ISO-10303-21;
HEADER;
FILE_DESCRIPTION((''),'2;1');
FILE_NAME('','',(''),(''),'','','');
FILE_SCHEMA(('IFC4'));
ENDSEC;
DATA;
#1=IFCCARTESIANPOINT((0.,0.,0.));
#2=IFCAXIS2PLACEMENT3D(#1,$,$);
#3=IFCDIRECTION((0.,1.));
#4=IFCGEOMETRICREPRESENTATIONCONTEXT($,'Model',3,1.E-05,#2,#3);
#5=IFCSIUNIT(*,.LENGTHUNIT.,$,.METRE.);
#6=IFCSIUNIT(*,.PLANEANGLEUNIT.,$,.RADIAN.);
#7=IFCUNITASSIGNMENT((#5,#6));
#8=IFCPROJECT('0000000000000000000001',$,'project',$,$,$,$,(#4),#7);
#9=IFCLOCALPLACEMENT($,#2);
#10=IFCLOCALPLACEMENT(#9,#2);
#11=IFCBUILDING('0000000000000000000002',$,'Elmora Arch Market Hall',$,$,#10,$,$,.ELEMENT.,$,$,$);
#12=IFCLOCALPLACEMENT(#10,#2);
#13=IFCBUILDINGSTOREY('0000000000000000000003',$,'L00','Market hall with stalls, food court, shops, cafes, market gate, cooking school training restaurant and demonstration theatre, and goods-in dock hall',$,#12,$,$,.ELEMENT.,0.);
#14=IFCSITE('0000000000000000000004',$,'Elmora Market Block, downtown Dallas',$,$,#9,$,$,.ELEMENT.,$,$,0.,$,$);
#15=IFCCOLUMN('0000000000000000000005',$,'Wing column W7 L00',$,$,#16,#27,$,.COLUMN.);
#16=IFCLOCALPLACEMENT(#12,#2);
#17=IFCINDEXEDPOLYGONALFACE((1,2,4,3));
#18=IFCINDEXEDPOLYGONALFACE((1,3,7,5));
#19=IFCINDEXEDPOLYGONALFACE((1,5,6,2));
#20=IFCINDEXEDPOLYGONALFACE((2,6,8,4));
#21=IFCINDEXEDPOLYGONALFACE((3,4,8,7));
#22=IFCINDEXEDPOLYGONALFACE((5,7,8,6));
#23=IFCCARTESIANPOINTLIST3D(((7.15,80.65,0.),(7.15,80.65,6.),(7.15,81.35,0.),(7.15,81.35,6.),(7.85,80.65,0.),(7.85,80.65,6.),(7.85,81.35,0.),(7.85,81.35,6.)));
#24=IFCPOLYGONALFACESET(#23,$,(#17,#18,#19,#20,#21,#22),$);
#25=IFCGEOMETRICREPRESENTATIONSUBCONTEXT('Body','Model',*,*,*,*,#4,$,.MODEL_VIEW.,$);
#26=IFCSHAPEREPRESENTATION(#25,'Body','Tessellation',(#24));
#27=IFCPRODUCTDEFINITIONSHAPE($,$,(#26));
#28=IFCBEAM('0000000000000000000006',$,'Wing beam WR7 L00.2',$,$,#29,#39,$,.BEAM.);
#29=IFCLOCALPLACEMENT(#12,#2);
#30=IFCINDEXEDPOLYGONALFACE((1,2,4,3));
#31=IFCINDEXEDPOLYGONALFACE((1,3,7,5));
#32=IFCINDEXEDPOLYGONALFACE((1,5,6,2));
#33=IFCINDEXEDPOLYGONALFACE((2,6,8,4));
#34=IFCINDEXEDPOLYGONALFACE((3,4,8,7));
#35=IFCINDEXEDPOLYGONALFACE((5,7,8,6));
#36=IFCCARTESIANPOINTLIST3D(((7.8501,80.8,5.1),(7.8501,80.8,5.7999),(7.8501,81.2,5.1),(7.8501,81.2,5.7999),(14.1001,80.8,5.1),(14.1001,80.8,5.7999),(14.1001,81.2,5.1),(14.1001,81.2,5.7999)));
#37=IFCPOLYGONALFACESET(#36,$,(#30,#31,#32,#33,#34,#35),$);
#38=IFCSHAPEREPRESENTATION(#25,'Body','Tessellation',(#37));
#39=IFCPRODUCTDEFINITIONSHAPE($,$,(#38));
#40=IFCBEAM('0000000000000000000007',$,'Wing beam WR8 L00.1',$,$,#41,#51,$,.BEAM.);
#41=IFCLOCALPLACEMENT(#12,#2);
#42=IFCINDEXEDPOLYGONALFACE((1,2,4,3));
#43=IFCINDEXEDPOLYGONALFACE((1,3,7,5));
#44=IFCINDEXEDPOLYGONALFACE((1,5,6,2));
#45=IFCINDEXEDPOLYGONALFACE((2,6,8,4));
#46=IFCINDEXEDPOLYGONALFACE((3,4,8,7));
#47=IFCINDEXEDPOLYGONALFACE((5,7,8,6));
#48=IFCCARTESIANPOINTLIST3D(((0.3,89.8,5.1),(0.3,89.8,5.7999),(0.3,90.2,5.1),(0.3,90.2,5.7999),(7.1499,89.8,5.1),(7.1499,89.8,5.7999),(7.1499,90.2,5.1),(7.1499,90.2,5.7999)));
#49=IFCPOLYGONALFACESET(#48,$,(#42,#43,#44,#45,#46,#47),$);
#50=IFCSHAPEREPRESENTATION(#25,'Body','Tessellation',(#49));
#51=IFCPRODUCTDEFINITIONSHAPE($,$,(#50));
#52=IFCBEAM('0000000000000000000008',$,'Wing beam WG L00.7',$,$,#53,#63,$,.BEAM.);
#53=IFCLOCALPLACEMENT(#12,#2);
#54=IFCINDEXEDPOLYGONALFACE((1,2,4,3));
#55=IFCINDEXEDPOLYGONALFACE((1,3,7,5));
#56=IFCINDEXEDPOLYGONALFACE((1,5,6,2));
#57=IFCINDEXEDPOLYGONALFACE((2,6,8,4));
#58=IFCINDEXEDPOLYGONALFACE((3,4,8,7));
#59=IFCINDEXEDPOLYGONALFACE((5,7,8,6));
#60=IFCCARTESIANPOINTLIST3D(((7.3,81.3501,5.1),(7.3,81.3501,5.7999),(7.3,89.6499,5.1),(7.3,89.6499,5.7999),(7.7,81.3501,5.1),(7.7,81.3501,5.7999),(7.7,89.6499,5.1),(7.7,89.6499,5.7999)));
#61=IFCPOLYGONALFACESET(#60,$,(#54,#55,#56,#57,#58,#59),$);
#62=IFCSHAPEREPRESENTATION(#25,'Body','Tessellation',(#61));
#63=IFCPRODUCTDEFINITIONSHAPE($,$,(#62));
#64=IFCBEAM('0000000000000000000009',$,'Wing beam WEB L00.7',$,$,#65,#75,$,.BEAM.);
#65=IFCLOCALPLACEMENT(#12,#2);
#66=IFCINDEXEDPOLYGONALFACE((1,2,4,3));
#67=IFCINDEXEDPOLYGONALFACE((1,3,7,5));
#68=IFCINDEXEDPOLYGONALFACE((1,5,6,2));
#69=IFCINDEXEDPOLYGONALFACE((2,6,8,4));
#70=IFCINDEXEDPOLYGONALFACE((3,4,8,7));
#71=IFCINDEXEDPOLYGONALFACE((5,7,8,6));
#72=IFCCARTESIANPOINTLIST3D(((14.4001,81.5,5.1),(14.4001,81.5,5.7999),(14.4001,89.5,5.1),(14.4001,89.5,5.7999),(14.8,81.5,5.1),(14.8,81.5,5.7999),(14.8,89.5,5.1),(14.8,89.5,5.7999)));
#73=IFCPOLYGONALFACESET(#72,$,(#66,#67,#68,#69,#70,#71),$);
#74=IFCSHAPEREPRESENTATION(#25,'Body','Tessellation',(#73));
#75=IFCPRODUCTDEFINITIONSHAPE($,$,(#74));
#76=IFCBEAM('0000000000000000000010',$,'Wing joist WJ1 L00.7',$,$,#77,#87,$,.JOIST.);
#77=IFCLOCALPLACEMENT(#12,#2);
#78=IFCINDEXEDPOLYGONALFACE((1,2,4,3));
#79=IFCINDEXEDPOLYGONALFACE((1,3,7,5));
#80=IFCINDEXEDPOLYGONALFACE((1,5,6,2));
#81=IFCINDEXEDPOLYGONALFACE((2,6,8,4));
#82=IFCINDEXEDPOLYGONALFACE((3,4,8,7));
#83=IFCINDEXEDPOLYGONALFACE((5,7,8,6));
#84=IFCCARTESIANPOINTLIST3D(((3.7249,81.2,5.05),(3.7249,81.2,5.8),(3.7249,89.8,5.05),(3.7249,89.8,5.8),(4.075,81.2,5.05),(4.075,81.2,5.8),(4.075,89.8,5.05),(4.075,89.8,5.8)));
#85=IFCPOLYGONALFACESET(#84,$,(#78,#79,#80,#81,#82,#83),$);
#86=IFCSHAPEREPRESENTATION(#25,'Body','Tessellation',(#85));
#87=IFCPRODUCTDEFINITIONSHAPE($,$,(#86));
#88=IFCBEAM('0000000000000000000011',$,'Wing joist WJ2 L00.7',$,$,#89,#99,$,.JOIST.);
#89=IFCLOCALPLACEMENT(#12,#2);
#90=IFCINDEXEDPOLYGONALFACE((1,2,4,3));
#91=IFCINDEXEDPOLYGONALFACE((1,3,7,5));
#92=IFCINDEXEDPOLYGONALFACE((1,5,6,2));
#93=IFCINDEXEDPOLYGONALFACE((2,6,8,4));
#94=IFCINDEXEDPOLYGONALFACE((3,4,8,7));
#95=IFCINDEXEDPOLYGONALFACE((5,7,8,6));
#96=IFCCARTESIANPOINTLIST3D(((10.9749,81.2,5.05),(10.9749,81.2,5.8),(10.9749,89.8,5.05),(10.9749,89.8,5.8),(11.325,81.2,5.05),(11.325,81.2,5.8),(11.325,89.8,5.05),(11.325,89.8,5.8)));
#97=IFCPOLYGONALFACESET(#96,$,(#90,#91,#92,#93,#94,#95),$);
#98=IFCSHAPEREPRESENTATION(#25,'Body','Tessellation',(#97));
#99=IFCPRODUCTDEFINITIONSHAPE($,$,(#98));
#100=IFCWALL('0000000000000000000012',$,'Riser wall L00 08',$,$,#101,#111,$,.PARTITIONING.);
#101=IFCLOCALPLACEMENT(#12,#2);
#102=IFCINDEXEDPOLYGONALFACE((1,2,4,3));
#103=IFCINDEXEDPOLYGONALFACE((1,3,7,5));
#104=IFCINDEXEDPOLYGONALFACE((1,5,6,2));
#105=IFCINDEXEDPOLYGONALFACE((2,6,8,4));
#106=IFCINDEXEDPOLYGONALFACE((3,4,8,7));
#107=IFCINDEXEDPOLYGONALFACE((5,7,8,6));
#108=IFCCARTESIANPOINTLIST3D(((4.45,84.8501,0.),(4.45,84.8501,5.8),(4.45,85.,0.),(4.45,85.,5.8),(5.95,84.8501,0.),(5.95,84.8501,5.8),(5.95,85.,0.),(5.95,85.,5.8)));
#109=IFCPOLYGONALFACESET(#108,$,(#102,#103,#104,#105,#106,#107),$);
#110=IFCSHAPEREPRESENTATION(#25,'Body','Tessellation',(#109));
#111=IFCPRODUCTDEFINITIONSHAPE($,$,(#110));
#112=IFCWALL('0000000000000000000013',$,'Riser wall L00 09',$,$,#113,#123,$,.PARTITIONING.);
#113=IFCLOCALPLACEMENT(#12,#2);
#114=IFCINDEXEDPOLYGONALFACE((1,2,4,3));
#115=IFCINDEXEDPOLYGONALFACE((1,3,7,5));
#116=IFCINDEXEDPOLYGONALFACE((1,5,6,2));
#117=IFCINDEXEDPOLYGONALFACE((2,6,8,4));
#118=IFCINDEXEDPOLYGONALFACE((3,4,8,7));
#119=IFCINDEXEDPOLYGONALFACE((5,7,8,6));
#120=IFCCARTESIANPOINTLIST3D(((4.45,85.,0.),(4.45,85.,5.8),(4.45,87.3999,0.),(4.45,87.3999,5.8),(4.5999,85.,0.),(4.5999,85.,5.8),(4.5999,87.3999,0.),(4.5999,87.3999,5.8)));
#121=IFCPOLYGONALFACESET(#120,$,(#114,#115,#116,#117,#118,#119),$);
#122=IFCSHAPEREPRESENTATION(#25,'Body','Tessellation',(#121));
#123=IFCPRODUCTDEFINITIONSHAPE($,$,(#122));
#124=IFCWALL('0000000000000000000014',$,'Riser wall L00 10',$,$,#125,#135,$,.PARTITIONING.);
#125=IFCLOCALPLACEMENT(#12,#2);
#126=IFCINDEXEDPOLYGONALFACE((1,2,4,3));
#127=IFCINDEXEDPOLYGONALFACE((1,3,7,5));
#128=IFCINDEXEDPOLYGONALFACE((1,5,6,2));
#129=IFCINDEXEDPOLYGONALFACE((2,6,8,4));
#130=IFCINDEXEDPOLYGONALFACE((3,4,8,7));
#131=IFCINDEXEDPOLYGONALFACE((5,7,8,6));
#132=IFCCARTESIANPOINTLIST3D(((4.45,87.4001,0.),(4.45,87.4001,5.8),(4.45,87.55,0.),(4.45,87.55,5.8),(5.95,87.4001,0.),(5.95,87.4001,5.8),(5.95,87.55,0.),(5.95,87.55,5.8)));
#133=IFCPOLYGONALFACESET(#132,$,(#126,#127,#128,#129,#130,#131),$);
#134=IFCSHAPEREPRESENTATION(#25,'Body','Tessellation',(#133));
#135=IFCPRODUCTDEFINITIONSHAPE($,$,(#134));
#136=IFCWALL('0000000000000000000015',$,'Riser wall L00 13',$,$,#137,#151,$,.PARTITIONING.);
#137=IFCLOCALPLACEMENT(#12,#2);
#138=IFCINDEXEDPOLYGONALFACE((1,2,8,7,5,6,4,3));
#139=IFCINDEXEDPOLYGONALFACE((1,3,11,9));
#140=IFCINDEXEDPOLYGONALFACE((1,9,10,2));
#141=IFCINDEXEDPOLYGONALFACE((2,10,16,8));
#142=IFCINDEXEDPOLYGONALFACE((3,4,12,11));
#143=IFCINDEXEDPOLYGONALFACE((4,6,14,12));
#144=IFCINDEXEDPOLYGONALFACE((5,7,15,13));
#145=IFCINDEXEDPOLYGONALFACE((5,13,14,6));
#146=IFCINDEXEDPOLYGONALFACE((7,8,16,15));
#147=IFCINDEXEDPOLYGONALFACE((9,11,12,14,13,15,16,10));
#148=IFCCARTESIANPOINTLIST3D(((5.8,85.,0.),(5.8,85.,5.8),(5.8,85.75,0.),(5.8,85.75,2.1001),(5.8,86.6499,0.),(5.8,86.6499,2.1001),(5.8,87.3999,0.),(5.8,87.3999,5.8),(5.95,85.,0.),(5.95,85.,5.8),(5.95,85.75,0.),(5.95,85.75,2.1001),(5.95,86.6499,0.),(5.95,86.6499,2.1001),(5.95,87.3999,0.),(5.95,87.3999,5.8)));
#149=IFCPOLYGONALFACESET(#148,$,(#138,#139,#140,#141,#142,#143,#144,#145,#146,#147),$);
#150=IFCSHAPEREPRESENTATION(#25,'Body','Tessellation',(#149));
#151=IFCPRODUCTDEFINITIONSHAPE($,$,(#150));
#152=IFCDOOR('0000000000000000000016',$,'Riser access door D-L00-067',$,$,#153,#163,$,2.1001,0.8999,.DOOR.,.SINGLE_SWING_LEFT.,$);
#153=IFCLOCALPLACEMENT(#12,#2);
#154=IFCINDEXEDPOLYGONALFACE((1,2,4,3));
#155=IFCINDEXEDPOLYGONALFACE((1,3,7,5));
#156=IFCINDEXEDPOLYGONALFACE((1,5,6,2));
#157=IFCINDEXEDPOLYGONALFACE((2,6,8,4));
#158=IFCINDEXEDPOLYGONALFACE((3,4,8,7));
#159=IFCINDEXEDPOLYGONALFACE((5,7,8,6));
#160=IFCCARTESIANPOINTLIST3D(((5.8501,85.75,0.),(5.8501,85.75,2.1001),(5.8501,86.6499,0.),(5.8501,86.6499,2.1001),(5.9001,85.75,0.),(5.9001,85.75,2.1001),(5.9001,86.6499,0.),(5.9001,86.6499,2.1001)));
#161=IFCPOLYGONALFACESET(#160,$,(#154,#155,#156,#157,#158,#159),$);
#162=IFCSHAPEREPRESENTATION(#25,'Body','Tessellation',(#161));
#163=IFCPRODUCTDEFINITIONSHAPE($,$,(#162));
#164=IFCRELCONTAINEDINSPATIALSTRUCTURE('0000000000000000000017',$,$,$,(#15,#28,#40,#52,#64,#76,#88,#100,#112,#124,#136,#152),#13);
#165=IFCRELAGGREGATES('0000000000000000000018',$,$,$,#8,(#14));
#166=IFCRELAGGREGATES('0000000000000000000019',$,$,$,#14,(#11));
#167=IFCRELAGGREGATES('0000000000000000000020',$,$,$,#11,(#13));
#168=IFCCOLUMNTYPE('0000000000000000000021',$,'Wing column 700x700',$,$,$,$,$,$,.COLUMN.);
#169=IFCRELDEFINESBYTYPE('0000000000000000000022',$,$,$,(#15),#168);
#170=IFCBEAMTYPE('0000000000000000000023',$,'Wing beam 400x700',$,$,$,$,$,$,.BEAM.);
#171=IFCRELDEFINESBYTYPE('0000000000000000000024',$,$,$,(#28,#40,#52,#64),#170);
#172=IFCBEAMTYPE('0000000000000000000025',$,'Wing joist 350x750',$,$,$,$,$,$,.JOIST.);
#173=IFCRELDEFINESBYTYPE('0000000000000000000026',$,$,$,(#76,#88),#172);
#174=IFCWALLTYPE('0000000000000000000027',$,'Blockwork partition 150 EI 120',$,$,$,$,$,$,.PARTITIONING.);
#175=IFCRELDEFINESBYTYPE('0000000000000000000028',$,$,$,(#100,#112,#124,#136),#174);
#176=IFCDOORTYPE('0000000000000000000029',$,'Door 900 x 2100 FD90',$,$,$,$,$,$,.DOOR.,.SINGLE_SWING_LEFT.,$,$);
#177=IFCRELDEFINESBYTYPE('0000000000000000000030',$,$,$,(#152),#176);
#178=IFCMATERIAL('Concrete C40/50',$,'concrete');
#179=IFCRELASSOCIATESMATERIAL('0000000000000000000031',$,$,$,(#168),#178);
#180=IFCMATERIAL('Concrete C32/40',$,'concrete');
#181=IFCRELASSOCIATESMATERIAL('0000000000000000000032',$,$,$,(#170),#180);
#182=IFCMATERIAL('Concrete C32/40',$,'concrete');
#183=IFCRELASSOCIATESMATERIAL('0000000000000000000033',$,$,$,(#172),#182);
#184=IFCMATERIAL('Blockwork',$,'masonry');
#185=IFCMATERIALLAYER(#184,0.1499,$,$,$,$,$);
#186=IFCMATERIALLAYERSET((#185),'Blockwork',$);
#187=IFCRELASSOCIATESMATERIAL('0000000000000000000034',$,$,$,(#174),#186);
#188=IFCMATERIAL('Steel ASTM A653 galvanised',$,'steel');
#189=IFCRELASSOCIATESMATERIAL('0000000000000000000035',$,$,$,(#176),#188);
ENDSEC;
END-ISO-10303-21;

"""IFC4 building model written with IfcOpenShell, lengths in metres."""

from ifc_helpers import new_model, si_unit, direction, frame, frame_2d, origin, origin_2d, place, context, subcontext, project, spatial, rectangle, extrude, material, layer, layer_set, material_profile, profile_set, type_object, element, fill, save


model = new_model("IFC4")

# Units and contexts
model_context = context("Model", 3, precision=1e-05, world=origin(), true_north=direction((0.0, 1.0)))
body_context = subcontext(model_context, "Body", "Model", "MODEL_VIEW")
ifc_project = project(units=[si_unit("LENGTHUNIT", "METRE"), si_unit("PLANEANGLEUNIT", "RADIAN")], contexts=[model_context])

# Site, building, storey
site_placement = place(None, origin())
site = spatial("IfcSite", under=ifc_project, at=site_placement, Name="Elmora Market Block, downtown Dallas", CompositionType="ELEMENT", RefElevation=0.0)
building_placement = place(site_placement, origin())
building = spatial("IfcBuilding", under=site, at=building_placement, Name="Elmora Arch Market Hall", CompositionType="ELEMENT")
storey_placement = place(building_placement, origin())
storey = spatial("IfcBuildingStorey", under=building, at=storey_placement, Name="L00", Description="Market hall with stalls, food court, shops, cafes, market gate, cooking school training restaurant and demonstration theatre, and goods-in dock hall", CompositionType="ELEMENT", Elevation=0.0)

# Column
ifc_material_1 = material(Name="Concrete C40/50", Category="concrete")
ifc_material_profile_1 = material_profile(ifc_material_1, rectangle(XDim=0.7, YDim=0.7, at=origin_2d()), Name="Wing column 700x700")
ifc_profile_set_1 = profile_set([ifc_material_profile_1], Name="Concrete C40/50")
column_type = type_object("IfcColumnType", Name="Wing column 700x700", PredefinedType="COLUMN", material=ifc_profile_set_1)
column_placement = place(storey_placement, frame((7.5, 81.0, 0.0), z_axis=(0.0, 0.0, 1.0), x_axis=(1.0, 0.0, 0.0)))
element("IfcColumn", 1, at=column_placement, inside=storey, type_object=column_type, Name="Wing column W7 L00", PredefinedType="COLUMN", context=body_context, shape_type="SweptSolid", body=[
    extrude(rectangle(XDim=0.7, YDim=0.7, at=origin_2d()), origin(), (0.0, 0.0, 1.0), 6.0),
])

# Beams
ifc_material_2 = material(Name="Concrete C32/40", Category="concrete")
ifc_material_profile_2 = material_profile(ifc_material_2, rectangle(XDim=0.3999, YDim=0.7, at=origin_2d()), Name="Wing beam 400x700")
ifc_profile_set_2 = profile_set([ifc_material_profile_2], Name="Concrete C32/40")
beam_type_1 = type_object("IfcBeamType", Name="Wing beam 400x700", PredefinedType="BEAM", material=ifc_profile_set_2)
beam_1_placement = place(storey_placement, frame((7.8501, 81.0, 5.45), z_axis=(1.0, 0.0, 0.0), x_axis=(0.0, 1.0, 0.0)))
element("IfcBeam", 2, at=beam_1_placement, inside=storey, type_object=beam_type_1, Name="Wing beam WR7 L00.2", PredefinedType="BEAM", context=body_context, shape_type="SweptSolid", body=[
    extrude(rectangle(XDim=0.3999, YDim=0.7, at=origin_2d()), origin(), (0.0, 0.0, 1.0), 6.25),
])
beam_2_placement = place(storey_placement, frame((0.3, 90.0, 5.45), z_axis=(1.0, 0.0, 0.0), x_axis=(0.0, 1.0, 0.0)))
element("IfcBeam", 3, at=beam_2_placement, inside=storey, type_object=beam_type_1, Name="Wing beam WR8 L00.1", PredefinedType="BEAM", context=body_context, shape_type="SweptSolid", body=[
    extrude(rectangle(XDim=0.3999, YDim=0.7, at=origin_2d()), origin(), (0.0, 0.0, 1.0), 6.8499),
])
beam_3_placement = place(storey_placement, frame((7.5, 81.3501, 5.45), z_axis=(0.0, 1.0, 0.0), x_axis=(-1.0, 0.0, 0.0)))
element("IfcBeam", 4, at=beam_3_placement, inside=storey, type_object=beam_type_1, Name="Wing beam WG L00.7", PredefinedType="BEAM", context=body_context, shape_type="SweptSolid", body=[
    extrude(rectangle(XDim=0.3999, YDim=0.7, at=origin_2d()), origin(), (0.0, 0.0, 1.0), 8.2998),
])
beam_4_placement = place(storey_placement, frame((14.6001, 81.5, 5.45), z_axis=(0.0, 1.0, 0.0), x_axis=(-1.0, 0.0, 0.0)))
element("IfcBeam", 5, at=beam_4_placement, inside=storey, type_object=beam_type_1, Name="Wing beam WEB L00.7", PredefinedType="BEAM", context=body_context, shape_type="SweptSolid", body=[
    extrude(rectangle(XDim=0.3999, YDim=0.7, at=origin_2d()), origin(), (0.0, 0.0, 1.0), 8.0),
])
ifc_material_3 = material(Name="Concrete C32/40", Category="concrete")
ifc_material_profile_3 = material_profile(ifc_material_3, rectangle(XDim=0.3501, YDim=0.75, at=origin_2d()), Name="Wing joist 350x750")
ifc_profile_set_3 = profile_set([ifc_material_profile_3], Name="Concrete C32/40")
beam_type_2 = type_object("IfcBeamType", Name="Wing joist 350x750", PredefinedType="JOIST", material=ifc_profile_set_3)
for number, where, z_axis, x_axis, name in (
    (6, (3.8999, 81.2, 5.425), (0.0, 1.0, 0.0), (-1.0, 0.0, 0.0), "Wing joist WJ1 L00.7"),
    (7, (11.1499, 81.2, 5.425), (0.0, 1.0, 0.0), (-1.0, 0.0, 0.0), "Wing joist WJ2 L00.7"),
):
    element("IfcBeam", number, at=place(storey_placement, frame(where, z_axis=z_axis, x_axis=x_axis)), inside=storey, type_object=beam_type_2, Name=name, PredefinedType="JOIST", context=body_context, shape_type="SweptSolid", body=[
        extrude(rectangle(XDim=0.3501, YDim=0.75, at=origin_2d()), origin(), (0.0, 0.0, 1.0), 8.6001),
    ])

# Walls
ifc_material_4 = material(Name="Blockwork", Category="masonry")
ifc_layer_1 = layer(ifc_material_4, 0.1499)
ifc_layer_set_1 = layer_set([ifc_layer_1], Name="Blockwork")
wall_type_1 = type_object("IfcWallType", Name="Blockwork partition 150 EI 120", PredefinedType="PARTITIONING", material=ifc_layer_set_1)
wall_1_placement = place(storey_placement, frame((4.45, 84.925, 0.0), z_axis=(0.0, 0.0, 1.0), x_axis=(1.0, 0.0, 0.0)))
element("IfcWall", 8, at=wall_1_placement, inside=storey, type_object=wall_type_1, Name="Riser wall L00 08", PredefinedType="PARTITIONING", context=body_context, shape_type="SweptSolid", body=[
    extrude(rectangle(XDim=1.5, YDim=0.1499, at=frame_2d((0.75, 0.0))), origin(), (0.0, 0.0, 1.0), 5.8),
])
wall_2_placement = place(storey_placement, frame((4.5249, 85.0, 0.0), z_axis=(0.0, 0.0, 1.0), x_axis=(0.0, 1.0, 0.0)))
element("IfcWall", 9, at=wall_2_placement, inside=storey, type_object=wall_type_1, Name="Riser wall L00 09", PredefinedType="PARTITIONING", context=body_context, shape_type="SweptSolid", body=[
    extrude(rectangle(XDim=2.3999, YDim=0.1499, at=frame_2d((1.2, 0.0))), origin(), (0.0, 0.0, 1.0), 5.8),
])
wall_3_placement = place(storey_placement, frame((4.45, 87.4751, 0.0), z_axis=(0.0, 0.0, 1.0), x_axis=(1.0, 0.0, 0.0)))
element("IfcWall", 10, at=wall_3_placement, inside=storey, type_object=wall_type_1, Name="Riser wall L00 10", PredefinedType="PARTITIONING", context=body_context, shape_type="SweptSolid", body=[
    extrude(rectangle(XDim=1.5, YDim=0.1499, at=frame_2d((0.75, 0.0))), origin(), (0.0, 0.0, 1.0), 5.8),
])

# Wall, opening, door
wall_4_placement = place(storey_placement, frame((5.875, 85.0, 0.0), z_axis=(0.0, 0.0, 1.0), x_axis=(0.0, 1.0, 0.0)))
wall_4 = element("IfcWall", 11, at=wall_4_placement, inside=storey, type_object=wall_type_1, Name="Riser wall L00 13", PredefinedType="PARTITIONING", context=body_context, shape_type="SweptSolid", body=[
    extrude(rectangle(XDim=2.3999, YDim=0.1499, at=frame_2d((1.2, 0.0))), origin(), (0.0, 0.0, 1.0), 5.8),
])
opening_1_placement = place(wall_4_placement, frame((0.75, 0.0, 0.0)))
opening_1 = element("IfcOpeningElement", 12, at=opening_1_placement, cuts=wall_4, PredefinedType="OPENING", context=body_context, shape_type="SweptSolid", body=[
    extrude(rectangle(XDim=0.8999, YDim=2.1001, at=frame_2d((0.45, 1.05))), frame((0.0, 0.085, 0.0), z_axis=(0.0, -1.0, 0.0), x_axis=(1.0, 0.0, 0.0)), (0.0, 0.0, 1.0), 0.1699),
])
ifc_material_5 = material(Name="Steel ASTM A653 galvanised", Category="steel")
door_type_1 = type_object("IfcDoorType", Name="Door 900 x 2100 FD90", OperationType="SINGLE_SWING_LEFT", PredefinedType="DOOR", material=ifc_material_5)
door_1_placement = place(opening_1_placement, origin())
door_1 = element("IfcDoor", 13, at=door_1_placement, inside=storey, type_object=door_type_1, Name="Riser access door D-L00-067", OperationType="SINGLE_SWING_LEFT", OverallHeight=2.1001, OverallWidth=0.8999, PredefinedType="DOOR", context=body_context, shape_type="SweptSolid", body=[
    extrude(rectangle(XDim=0.8999, YDim=2.1001, at=frame_2d((0.45, 1.05))), frame((0.0, 0.0249, 0.0), z_axis=(0.0, -1.0, 0.0), x_axis=(1.0, 0.0, 0.0)), (0.0, 0.0, 1.0), 0.05),
])
fill(opening_1, door_1)

save(model, "model.ifc")
